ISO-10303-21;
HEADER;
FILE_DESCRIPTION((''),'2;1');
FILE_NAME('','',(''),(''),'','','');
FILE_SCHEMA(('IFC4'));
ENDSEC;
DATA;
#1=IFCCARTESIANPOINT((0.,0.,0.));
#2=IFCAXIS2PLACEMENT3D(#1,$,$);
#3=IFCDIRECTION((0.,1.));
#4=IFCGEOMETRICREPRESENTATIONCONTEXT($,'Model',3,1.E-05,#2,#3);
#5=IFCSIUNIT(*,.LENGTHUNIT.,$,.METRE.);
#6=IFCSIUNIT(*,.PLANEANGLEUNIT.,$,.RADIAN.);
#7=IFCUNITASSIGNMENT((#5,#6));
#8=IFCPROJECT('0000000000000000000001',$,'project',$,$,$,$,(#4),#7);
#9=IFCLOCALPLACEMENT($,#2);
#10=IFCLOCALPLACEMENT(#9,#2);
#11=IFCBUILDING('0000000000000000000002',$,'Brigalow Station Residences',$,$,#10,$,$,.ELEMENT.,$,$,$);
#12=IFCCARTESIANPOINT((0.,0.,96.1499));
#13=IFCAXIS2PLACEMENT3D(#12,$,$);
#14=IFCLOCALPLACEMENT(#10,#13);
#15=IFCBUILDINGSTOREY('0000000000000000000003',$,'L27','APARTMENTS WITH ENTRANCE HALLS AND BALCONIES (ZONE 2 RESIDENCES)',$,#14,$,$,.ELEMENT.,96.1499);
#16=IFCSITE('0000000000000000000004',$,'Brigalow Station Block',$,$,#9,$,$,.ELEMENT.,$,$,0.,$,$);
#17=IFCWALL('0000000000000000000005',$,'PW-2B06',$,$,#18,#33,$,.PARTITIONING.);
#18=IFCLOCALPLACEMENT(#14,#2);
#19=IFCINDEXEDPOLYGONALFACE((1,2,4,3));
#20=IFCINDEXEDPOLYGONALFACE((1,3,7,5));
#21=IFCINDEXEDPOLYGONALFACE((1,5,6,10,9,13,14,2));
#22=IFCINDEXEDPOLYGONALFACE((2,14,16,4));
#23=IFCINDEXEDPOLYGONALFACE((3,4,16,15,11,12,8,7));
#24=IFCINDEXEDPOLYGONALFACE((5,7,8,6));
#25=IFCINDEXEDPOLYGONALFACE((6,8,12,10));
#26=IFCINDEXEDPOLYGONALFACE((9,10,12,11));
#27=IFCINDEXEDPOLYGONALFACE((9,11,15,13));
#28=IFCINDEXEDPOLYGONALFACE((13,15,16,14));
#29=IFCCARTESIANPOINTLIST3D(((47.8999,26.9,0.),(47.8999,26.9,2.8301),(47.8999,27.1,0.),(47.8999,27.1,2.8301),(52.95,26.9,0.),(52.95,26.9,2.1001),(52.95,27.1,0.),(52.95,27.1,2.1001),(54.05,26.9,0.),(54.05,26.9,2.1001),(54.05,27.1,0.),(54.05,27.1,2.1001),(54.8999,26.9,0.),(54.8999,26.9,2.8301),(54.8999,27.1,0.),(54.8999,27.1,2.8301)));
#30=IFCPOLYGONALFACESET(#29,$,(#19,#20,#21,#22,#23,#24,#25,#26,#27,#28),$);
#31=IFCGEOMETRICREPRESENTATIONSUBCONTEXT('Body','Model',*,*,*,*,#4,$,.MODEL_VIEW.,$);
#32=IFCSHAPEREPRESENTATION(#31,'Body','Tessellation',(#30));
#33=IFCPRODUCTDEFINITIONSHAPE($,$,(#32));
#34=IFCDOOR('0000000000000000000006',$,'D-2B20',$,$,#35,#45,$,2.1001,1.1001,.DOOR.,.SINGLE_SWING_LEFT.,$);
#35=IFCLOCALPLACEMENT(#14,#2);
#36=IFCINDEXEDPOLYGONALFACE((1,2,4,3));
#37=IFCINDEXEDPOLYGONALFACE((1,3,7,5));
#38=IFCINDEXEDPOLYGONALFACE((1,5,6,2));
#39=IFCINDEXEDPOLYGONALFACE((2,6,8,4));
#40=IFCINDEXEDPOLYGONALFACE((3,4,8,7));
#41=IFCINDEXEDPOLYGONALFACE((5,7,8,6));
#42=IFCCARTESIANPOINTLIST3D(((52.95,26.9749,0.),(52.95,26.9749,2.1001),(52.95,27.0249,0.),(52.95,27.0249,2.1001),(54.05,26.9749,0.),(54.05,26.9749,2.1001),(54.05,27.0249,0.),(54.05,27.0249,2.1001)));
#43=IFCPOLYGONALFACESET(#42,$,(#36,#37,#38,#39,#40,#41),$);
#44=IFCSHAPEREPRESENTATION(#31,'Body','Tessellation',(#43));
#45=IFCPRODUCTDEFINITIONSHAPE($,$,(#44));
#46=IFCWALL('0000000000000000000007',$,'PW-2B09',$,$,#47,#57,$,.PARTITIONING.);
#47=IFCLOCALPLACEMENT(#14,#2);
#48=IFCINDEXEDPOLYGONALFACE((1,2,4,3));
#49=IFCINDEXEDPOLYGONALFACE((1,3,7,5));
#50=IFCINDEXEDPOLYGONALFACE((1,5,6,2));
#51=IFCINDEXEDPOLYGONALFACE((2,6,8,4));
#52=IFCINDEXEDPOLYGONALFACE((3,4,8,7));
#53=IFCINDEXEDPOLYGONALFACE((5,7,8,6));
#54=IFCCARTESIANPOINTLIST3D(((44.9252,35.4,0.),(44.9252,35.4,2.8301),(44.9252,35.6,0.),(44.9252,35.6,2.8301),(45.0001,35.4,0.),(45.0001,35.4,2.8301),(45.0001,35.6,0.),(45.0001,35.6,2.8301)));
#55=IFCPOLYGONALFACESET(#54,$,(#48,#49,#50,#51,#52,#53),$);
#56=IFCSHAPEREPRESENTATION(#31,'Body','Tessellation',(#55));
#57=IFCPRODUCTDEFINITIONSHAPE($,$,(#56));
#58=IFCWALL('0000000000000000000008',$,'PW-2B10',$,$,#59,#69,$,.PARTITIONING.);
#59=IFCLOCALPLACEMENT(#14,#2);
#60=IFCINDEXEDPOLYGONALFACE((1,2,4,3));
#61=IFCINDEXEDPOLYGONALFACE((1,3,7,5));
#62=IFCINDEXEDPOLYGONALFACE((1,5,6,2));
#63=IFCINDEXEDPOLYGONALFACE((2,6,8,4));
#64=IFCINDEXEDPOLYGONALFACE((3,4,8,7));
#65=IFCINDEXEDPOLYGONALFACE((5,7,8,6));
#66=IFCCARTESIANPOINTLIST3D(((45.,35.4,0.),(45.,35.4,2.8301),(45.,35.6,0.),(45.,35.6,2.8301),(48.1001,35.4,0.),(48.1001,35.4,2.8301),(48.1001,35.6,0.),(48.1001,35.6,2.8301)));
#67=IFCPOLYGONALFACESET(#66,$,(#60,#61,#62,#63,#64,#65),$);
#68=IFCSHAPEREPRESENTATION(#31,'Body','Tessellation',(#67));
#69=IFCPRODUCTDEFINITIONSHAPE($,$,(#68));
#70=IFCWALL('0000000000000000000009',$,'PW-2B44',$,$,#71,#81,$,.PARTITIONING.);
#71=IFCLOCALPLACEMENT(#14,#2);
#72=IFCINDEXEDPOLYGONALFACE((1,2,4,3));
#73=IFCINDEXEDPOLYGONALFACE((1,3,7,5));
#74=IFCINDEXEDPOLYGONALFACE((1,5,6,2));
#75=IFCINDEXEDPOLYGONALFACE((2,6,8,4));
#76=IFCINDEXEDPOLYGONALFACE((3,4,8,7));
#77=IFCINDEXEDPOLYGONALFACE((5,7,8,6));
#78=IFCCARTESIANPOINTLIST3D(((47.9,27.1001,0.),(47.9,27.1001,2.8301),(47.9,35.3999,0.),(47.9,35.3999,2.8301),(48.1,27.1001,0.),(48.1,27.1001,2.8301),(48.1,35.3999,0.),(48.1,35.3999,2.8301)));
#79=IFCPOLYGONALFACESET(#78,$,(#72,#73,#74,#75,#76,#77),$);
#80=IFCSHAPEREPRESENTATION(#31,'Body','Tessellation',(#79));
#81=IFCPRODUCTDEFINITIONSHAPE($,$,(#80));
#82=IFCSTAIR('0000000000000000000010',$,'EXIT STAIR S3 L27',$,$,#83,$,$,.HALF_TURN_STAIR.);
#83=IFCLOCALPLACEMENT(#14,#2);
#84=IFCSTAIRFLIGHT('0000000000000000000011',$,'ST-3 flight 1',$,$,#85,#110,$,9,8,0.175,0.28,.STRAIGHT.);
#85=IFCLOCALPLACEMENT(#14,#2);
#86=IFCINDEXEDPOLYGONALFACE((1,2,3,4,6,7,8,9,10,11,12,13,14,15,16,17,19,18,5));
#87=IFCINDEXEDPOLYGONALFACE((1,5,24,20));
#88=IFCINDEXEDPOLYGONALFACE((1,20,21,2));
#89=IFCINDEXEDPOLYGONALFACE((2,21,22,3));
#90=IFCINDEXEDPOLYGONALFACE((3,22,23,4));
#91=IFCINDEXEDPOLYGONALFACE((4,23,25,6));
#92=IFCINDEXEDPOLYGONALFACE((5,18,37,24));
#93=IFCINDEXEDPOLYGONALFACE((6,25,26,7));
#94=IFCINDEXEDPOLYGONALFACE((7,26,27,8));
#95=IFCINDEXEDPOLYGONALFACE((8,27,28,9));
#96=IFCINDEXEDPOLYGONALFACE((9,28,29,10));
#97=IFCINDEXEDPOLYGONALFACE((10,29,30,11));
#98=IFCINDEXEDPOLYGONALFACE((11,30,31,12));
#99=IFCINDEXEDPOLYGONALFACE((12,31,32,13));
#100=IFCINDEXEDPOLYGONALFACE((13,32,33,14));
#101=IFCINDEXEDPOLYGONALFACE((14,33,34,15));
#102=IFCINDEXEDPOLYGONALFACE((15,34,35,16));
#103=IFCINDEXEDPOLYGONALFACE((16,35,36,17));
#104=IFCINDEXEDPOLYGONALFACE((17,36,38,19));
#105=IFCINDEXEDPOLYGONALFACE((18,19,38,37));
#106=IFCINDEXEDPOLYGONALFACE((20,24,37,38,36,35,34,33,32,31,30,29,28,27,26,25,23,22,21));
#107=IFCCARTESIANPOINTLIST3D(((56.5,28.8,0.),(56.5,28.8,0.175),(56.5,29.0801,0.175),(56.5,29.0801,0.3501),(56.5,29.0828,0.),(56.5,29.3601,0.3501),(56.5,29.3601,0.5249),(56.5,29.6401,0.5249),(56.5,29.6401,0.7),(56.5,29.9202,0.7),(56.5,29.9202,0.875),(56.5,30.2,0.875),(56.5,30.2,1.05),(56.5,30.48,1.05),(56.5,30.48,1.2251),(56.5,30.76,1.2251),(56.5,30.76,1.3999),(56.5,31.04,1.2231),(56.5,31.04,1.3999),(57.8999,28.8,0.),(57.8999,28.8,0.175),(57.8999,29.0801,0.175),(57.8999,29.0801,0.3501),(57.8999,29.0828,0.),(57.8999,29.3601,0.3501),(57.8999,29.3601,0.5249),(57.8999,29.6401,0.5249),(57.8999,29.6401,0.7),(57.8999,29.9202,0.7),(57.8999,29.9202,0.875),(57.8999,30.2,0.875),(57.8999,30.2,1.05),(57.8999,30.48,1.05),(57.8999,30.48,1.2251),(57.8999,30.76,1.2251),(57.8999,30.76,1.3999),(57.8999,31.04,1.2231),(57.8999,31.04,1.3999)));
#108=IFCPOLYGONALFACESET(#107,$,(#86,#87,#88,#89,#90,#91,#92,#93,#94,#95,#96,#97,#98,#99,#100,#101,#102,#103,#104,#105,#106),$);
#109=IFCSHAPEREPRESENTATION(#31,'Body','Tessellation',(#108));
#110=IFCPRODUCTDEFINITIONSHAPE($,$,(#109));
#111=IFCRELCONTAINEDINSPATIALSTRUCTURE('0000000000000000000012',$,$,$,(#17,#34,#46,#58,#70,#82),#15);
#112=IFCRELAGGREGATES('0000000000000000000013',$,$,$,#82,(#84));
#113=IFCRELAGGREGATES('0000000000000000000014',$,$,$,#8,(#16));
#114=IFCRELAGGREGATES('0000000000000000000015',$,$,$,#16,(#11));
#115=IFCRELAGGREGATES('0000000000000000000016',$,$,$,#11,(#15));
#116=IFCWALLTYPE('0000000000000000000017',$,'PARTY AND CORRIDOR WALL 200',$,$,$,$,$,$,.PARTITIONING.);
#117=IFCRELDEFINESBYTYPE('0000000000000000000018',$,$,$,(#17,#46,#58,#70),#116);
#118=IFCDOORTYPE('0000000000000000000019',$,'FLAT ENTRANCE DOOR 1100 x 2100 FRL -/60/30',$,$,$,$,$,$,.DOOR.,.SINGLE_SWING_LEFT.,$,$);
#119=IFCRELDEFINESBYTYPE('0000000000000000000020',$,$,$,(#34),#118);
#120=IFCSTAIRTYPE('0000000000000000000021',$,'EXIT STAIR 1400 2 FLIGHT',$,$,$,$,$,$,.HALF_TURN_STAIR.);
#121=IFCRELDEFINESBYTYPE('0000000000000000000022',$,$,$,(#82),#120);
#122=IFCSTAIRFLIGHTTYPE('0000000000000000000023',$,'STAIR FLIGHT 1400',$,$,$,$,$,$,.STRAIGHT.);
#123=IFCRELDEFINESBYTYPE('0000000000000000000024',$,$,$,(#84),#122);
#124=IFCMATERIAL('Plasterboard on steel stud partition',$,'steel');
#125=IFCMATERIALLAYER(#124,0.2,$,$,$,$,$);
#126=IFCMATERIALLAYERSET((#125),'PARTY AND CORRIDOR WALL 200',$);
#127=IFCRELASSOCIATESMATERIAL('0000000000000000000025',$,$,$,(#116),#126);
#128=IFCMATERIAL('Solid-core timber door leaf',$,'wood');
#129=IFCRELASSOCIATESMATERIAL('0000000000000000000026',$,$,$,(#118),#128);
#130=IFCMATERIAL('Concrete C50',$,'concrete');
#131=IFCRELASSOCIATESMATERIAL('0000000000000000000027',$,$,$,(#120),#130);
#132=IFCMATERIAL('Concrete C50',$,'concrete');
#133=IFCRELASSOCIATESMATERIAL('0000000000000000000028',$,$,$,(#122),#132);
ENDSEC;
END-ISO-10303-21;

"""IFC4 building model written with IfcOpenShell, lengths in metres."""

from ifc_helpers import new_model, si_unit, direction, frame, frame_2d, origin, place, context, subcontext, project, spatial, polyline, rectangle, outline, extrude, material, layer, layer_set, type_object, element, fill, aggregate, save


model = new_model("IFC4")

# Units and contexts
model_context = context("Model", 3, precision=1e-05, world=origin(), true_north=direction((0.0, 1.0)))
body_context = subcontext(model_context, "Body", "Model", "MODEL_VIEW")
ifc_project = project(units=[si_unit("LENGTHUNIT", "METRE"), si_unit("PLANEANGLEUNIT", "RADIAN")], contexts=[model_context])

# Site, building, storey
site_placement = place(None, origin())
site = spatial("IfcSite", under=ifc_project, at=site_placement, Name="Brigalow Station Block", CompositionType="ELEMENT", RefElevation=0.0)
building_placement = place(site_placement, origin())
building = spatial("IfcBuilding", under=site, at=building_placement, Name="Brigalow Station Residences", CompositionType="ELEMENT")
storey_placement = place(building_placement, frame((0.0, 0.0, 96.1499)))
storey = spatial("IfcBuildingStorey", under=building, at=storey_placement, Name="L27", Description="APARTMENTS WITH ENTRANCE HALLS AND BALCONIES (ZONE 2 RESIDENCES)", CompositionType="ELEMENT", Elevation=96.1499)

# Wall, opening, door
ifc_material_1 = material(Name="Plasterboard on steel stud partition", Category="steel")
ifc_layer_1 = layer(ifc_material_1, 0.2)
ifc_layer_set_1 = layer_set([ifc_layer_1], Name="PARTY AND CORRIDOR WALL 200")
wall_type_1 = type_object("IfcWallType", Name="PARTY AND CORRIDOR WALL 200", PredefinedType="PARTITIONING", material=ifc_layer_set_1)
wall_1_placement = place(storey_placement, frame((47.8999, 27.0, 0.0), z_axis=(0.0, 0.0, 1.0), x_axis=(1.0, 0.0, 0.0)))
wall_1 = element("IfcWall", 1, at=wall_1_placement, inside=storey, type_object=wall_type_1, Name="PW-2B06", PredefinedType="PARTITIONING", context=body_context, shape_type="SweptSolid", body=[
    extrude(rectangle(XDim=7.0, YDim=0.2, at=frame_2d((3.5, 0.0))), origin(), (0.0, 0.0, 1.0), 2.8301),
])
opening_1_placement = place(wall_1_placement, frame((5.05, 0.0, 0.0)))
opening_1 = element("IfcOpeningElement", 2, at=opening_1_placement, cuts=wall_1, PredefinedType="OPENING", context=body_context, shape_type="SweptSolid", body=[
    extrude(rectangle(XDim=1.1001, YDim=2.1001, at=frame_2d((0.55, 1.05))), frame((0.0, 0.1099, 0.0), z_axis=(0.0, -1.0, 0.0), x_axis=(1.0, 0.0, 0.0)), (0.0, 0.0, 1.0), 0.22),
])
ifc_material_2 = material(Name="Solid-core timber door leaf", Category="wood")
door_type_1 = type_object("IfcDoorType", Name="FLAT ENTRANCE DOOR 1100 x 2100 FRL -/60/30", OperationType="SINGLE_SWING_LEFT", PredefinedType="DOOR", material=ifc_material_2)
door_1_placement = place(opening_1_placement, origin())
door_1 = element("IfcDoor", 3, at=door_1_placement, inside=storey, type_object=door_type_1, Name="D-2B20", OperationType="SINGLE_SWING_LEFT", OverallHeight=2.1001, OverallWidth=1.1001, PredefinedType="DOOR", context=body_context, shape_type="SweptSolid", body=[
    extrude(rectangle(XDim=1.1001, YDim=2.1001, at=frame_2d((0.55, 1.05))), frame((0.0, 0.0249, 0.0), z_axis=(0.0, -1.0, 0.0), x_axis=(1.0, 0.0, 0.0)), (0.0, 0.0, 1.0), 0.05),
])
fill(opening_1, door_1)

# Walls
wall_2_placement = place(storey_placement, frame((44.925, 35.5, 0.0), z_axis=(0.0, 0.0, 1.0), x_axis=(1.0, 0.0, 0.0)))
element("IfcWall", 4, at=wall_2_placement, inside=storey, type_object=wall_type_1, Name="PW-2B09", PredefinedType="PARTITIONING", context=body_context, shape_type="SweptSolid", body=[
    extrude(rectangle(XDim=0.075, YDim=0.2, at=frame_2d((0.0376, 0.0))), origin(), (0.0, 0.0, 1.0), 2.8301),
])
wall_3_placement = place(storey_placement, frame((45.0, 35.5, 0.0), z_axis=(0.0, 0.0, 1.0), x_axis=(1.0, 0.0, 0.0)))
element("IfcWall", 5, at=wall_3_placement, inside=storey, type_object=wall_type_1, Name="PW-2B10", PredefinedType="PARTITIONING", context=body_context, shape_type="SweptSolid", body=[
    extrude(rectangle(XDim=3.1001, YDim=0.2, at=frame_2d((1.55, 0.0))), origin(), (0.0, 0.0, 1.0), 2.8301),
])
wall_4_placement = place(storey_placement, frame((48.0, 27.1001, 0.0), z_axis=(0.0, 0.0, 1.0), x_axis=(0.0, 1.0, 0.0)))
element("IfcWall", 6, at=wall_4_placement, inside=storey, type_object=wall_type_1, Name="PW-2B44", PredefinedType="PARTITIONING", context=body_context, shape_type="SweptSolid", body=[
    extrude(rectangle(XDim=8.2998, YDim=0.2, at=frame_2d((4.1499, 0.0))), origin(), (0.0, 0.0, 1.0), 2.8301),
])

# Stair, stair flight
ifc_material_3 = material(Name="Concrete C50", Category="concrete")
stair_type = type_object("IfcStairType", Name="EXIT STAIR 1400 2 FLIGHT", PredefinedType="HALF_TURN_STAIR", material=ifc_material_3)
stair_placement = place(storey_placement, origin())
stair = element("IfcStair", 7, at=stair_placement, inside=storey, type_object=stair_type, Name="EXIT STAIR S3 L27", PredefinedType="HALF_TURN_STAIR")
ifc_material_4 = material(Name="Concrete C50", Category="concrete")
stair_flight_type = type_object("IfcStairFlightType", Name="STAIR FLIGHT 1400", PredefinedType="STRAIGHT", material=ifc_material_4)
stair_flight_placement = place(storey_placement, frame((57.2, 28.8, 0.0), z_axis=(0.0, 0.0, 1.0), x_axis=(0.0, 1.0, 0.0)))
stair_flight = element("IfcStairFlight", 8, at=stair_flight_placement, type_object=stair_flight_type, Name="ST-3 flight 1", NumberOfRisers=9, NumberOfTreads=8, PredefinedType="STRAIGHT", RiserHeight=0.175, TreadLength=0.28, context=body_context, shape_type="SweptSolid", body=[
    extrude(outline(polyline([(0.0, 0.0), (0.0, 0.175), (0.28, 0.175), (0.28, 0.3501), (0.5601, 0.3501), (0.5601, 0.5249), (0.8401, 0.5249), (0.8401, 0.7), (1.1201, 0.7), (1.1201, 0.875), (1.3999, 0.875), (1.3999, 1.05), (1.6799, 1.05), (1.6799, 1.2251), (1.96, 1.2251), (1.96, 1.3999), (2.24, 1.3999), (2.24, 1.575), (2.24, 1.2231), (0.2827, 0.0), (0.0, 0.0)])), frame((0.0, 0.7, 0.0), z_axis=(0.0, -1.0, 0.0), x_axis=(1.0, 0.0, 0.0)), (0.0, 0.0, 1.0), 1.3999),
])
aggregate(stair, [stair_flight])

save(model, "model.ifc")
